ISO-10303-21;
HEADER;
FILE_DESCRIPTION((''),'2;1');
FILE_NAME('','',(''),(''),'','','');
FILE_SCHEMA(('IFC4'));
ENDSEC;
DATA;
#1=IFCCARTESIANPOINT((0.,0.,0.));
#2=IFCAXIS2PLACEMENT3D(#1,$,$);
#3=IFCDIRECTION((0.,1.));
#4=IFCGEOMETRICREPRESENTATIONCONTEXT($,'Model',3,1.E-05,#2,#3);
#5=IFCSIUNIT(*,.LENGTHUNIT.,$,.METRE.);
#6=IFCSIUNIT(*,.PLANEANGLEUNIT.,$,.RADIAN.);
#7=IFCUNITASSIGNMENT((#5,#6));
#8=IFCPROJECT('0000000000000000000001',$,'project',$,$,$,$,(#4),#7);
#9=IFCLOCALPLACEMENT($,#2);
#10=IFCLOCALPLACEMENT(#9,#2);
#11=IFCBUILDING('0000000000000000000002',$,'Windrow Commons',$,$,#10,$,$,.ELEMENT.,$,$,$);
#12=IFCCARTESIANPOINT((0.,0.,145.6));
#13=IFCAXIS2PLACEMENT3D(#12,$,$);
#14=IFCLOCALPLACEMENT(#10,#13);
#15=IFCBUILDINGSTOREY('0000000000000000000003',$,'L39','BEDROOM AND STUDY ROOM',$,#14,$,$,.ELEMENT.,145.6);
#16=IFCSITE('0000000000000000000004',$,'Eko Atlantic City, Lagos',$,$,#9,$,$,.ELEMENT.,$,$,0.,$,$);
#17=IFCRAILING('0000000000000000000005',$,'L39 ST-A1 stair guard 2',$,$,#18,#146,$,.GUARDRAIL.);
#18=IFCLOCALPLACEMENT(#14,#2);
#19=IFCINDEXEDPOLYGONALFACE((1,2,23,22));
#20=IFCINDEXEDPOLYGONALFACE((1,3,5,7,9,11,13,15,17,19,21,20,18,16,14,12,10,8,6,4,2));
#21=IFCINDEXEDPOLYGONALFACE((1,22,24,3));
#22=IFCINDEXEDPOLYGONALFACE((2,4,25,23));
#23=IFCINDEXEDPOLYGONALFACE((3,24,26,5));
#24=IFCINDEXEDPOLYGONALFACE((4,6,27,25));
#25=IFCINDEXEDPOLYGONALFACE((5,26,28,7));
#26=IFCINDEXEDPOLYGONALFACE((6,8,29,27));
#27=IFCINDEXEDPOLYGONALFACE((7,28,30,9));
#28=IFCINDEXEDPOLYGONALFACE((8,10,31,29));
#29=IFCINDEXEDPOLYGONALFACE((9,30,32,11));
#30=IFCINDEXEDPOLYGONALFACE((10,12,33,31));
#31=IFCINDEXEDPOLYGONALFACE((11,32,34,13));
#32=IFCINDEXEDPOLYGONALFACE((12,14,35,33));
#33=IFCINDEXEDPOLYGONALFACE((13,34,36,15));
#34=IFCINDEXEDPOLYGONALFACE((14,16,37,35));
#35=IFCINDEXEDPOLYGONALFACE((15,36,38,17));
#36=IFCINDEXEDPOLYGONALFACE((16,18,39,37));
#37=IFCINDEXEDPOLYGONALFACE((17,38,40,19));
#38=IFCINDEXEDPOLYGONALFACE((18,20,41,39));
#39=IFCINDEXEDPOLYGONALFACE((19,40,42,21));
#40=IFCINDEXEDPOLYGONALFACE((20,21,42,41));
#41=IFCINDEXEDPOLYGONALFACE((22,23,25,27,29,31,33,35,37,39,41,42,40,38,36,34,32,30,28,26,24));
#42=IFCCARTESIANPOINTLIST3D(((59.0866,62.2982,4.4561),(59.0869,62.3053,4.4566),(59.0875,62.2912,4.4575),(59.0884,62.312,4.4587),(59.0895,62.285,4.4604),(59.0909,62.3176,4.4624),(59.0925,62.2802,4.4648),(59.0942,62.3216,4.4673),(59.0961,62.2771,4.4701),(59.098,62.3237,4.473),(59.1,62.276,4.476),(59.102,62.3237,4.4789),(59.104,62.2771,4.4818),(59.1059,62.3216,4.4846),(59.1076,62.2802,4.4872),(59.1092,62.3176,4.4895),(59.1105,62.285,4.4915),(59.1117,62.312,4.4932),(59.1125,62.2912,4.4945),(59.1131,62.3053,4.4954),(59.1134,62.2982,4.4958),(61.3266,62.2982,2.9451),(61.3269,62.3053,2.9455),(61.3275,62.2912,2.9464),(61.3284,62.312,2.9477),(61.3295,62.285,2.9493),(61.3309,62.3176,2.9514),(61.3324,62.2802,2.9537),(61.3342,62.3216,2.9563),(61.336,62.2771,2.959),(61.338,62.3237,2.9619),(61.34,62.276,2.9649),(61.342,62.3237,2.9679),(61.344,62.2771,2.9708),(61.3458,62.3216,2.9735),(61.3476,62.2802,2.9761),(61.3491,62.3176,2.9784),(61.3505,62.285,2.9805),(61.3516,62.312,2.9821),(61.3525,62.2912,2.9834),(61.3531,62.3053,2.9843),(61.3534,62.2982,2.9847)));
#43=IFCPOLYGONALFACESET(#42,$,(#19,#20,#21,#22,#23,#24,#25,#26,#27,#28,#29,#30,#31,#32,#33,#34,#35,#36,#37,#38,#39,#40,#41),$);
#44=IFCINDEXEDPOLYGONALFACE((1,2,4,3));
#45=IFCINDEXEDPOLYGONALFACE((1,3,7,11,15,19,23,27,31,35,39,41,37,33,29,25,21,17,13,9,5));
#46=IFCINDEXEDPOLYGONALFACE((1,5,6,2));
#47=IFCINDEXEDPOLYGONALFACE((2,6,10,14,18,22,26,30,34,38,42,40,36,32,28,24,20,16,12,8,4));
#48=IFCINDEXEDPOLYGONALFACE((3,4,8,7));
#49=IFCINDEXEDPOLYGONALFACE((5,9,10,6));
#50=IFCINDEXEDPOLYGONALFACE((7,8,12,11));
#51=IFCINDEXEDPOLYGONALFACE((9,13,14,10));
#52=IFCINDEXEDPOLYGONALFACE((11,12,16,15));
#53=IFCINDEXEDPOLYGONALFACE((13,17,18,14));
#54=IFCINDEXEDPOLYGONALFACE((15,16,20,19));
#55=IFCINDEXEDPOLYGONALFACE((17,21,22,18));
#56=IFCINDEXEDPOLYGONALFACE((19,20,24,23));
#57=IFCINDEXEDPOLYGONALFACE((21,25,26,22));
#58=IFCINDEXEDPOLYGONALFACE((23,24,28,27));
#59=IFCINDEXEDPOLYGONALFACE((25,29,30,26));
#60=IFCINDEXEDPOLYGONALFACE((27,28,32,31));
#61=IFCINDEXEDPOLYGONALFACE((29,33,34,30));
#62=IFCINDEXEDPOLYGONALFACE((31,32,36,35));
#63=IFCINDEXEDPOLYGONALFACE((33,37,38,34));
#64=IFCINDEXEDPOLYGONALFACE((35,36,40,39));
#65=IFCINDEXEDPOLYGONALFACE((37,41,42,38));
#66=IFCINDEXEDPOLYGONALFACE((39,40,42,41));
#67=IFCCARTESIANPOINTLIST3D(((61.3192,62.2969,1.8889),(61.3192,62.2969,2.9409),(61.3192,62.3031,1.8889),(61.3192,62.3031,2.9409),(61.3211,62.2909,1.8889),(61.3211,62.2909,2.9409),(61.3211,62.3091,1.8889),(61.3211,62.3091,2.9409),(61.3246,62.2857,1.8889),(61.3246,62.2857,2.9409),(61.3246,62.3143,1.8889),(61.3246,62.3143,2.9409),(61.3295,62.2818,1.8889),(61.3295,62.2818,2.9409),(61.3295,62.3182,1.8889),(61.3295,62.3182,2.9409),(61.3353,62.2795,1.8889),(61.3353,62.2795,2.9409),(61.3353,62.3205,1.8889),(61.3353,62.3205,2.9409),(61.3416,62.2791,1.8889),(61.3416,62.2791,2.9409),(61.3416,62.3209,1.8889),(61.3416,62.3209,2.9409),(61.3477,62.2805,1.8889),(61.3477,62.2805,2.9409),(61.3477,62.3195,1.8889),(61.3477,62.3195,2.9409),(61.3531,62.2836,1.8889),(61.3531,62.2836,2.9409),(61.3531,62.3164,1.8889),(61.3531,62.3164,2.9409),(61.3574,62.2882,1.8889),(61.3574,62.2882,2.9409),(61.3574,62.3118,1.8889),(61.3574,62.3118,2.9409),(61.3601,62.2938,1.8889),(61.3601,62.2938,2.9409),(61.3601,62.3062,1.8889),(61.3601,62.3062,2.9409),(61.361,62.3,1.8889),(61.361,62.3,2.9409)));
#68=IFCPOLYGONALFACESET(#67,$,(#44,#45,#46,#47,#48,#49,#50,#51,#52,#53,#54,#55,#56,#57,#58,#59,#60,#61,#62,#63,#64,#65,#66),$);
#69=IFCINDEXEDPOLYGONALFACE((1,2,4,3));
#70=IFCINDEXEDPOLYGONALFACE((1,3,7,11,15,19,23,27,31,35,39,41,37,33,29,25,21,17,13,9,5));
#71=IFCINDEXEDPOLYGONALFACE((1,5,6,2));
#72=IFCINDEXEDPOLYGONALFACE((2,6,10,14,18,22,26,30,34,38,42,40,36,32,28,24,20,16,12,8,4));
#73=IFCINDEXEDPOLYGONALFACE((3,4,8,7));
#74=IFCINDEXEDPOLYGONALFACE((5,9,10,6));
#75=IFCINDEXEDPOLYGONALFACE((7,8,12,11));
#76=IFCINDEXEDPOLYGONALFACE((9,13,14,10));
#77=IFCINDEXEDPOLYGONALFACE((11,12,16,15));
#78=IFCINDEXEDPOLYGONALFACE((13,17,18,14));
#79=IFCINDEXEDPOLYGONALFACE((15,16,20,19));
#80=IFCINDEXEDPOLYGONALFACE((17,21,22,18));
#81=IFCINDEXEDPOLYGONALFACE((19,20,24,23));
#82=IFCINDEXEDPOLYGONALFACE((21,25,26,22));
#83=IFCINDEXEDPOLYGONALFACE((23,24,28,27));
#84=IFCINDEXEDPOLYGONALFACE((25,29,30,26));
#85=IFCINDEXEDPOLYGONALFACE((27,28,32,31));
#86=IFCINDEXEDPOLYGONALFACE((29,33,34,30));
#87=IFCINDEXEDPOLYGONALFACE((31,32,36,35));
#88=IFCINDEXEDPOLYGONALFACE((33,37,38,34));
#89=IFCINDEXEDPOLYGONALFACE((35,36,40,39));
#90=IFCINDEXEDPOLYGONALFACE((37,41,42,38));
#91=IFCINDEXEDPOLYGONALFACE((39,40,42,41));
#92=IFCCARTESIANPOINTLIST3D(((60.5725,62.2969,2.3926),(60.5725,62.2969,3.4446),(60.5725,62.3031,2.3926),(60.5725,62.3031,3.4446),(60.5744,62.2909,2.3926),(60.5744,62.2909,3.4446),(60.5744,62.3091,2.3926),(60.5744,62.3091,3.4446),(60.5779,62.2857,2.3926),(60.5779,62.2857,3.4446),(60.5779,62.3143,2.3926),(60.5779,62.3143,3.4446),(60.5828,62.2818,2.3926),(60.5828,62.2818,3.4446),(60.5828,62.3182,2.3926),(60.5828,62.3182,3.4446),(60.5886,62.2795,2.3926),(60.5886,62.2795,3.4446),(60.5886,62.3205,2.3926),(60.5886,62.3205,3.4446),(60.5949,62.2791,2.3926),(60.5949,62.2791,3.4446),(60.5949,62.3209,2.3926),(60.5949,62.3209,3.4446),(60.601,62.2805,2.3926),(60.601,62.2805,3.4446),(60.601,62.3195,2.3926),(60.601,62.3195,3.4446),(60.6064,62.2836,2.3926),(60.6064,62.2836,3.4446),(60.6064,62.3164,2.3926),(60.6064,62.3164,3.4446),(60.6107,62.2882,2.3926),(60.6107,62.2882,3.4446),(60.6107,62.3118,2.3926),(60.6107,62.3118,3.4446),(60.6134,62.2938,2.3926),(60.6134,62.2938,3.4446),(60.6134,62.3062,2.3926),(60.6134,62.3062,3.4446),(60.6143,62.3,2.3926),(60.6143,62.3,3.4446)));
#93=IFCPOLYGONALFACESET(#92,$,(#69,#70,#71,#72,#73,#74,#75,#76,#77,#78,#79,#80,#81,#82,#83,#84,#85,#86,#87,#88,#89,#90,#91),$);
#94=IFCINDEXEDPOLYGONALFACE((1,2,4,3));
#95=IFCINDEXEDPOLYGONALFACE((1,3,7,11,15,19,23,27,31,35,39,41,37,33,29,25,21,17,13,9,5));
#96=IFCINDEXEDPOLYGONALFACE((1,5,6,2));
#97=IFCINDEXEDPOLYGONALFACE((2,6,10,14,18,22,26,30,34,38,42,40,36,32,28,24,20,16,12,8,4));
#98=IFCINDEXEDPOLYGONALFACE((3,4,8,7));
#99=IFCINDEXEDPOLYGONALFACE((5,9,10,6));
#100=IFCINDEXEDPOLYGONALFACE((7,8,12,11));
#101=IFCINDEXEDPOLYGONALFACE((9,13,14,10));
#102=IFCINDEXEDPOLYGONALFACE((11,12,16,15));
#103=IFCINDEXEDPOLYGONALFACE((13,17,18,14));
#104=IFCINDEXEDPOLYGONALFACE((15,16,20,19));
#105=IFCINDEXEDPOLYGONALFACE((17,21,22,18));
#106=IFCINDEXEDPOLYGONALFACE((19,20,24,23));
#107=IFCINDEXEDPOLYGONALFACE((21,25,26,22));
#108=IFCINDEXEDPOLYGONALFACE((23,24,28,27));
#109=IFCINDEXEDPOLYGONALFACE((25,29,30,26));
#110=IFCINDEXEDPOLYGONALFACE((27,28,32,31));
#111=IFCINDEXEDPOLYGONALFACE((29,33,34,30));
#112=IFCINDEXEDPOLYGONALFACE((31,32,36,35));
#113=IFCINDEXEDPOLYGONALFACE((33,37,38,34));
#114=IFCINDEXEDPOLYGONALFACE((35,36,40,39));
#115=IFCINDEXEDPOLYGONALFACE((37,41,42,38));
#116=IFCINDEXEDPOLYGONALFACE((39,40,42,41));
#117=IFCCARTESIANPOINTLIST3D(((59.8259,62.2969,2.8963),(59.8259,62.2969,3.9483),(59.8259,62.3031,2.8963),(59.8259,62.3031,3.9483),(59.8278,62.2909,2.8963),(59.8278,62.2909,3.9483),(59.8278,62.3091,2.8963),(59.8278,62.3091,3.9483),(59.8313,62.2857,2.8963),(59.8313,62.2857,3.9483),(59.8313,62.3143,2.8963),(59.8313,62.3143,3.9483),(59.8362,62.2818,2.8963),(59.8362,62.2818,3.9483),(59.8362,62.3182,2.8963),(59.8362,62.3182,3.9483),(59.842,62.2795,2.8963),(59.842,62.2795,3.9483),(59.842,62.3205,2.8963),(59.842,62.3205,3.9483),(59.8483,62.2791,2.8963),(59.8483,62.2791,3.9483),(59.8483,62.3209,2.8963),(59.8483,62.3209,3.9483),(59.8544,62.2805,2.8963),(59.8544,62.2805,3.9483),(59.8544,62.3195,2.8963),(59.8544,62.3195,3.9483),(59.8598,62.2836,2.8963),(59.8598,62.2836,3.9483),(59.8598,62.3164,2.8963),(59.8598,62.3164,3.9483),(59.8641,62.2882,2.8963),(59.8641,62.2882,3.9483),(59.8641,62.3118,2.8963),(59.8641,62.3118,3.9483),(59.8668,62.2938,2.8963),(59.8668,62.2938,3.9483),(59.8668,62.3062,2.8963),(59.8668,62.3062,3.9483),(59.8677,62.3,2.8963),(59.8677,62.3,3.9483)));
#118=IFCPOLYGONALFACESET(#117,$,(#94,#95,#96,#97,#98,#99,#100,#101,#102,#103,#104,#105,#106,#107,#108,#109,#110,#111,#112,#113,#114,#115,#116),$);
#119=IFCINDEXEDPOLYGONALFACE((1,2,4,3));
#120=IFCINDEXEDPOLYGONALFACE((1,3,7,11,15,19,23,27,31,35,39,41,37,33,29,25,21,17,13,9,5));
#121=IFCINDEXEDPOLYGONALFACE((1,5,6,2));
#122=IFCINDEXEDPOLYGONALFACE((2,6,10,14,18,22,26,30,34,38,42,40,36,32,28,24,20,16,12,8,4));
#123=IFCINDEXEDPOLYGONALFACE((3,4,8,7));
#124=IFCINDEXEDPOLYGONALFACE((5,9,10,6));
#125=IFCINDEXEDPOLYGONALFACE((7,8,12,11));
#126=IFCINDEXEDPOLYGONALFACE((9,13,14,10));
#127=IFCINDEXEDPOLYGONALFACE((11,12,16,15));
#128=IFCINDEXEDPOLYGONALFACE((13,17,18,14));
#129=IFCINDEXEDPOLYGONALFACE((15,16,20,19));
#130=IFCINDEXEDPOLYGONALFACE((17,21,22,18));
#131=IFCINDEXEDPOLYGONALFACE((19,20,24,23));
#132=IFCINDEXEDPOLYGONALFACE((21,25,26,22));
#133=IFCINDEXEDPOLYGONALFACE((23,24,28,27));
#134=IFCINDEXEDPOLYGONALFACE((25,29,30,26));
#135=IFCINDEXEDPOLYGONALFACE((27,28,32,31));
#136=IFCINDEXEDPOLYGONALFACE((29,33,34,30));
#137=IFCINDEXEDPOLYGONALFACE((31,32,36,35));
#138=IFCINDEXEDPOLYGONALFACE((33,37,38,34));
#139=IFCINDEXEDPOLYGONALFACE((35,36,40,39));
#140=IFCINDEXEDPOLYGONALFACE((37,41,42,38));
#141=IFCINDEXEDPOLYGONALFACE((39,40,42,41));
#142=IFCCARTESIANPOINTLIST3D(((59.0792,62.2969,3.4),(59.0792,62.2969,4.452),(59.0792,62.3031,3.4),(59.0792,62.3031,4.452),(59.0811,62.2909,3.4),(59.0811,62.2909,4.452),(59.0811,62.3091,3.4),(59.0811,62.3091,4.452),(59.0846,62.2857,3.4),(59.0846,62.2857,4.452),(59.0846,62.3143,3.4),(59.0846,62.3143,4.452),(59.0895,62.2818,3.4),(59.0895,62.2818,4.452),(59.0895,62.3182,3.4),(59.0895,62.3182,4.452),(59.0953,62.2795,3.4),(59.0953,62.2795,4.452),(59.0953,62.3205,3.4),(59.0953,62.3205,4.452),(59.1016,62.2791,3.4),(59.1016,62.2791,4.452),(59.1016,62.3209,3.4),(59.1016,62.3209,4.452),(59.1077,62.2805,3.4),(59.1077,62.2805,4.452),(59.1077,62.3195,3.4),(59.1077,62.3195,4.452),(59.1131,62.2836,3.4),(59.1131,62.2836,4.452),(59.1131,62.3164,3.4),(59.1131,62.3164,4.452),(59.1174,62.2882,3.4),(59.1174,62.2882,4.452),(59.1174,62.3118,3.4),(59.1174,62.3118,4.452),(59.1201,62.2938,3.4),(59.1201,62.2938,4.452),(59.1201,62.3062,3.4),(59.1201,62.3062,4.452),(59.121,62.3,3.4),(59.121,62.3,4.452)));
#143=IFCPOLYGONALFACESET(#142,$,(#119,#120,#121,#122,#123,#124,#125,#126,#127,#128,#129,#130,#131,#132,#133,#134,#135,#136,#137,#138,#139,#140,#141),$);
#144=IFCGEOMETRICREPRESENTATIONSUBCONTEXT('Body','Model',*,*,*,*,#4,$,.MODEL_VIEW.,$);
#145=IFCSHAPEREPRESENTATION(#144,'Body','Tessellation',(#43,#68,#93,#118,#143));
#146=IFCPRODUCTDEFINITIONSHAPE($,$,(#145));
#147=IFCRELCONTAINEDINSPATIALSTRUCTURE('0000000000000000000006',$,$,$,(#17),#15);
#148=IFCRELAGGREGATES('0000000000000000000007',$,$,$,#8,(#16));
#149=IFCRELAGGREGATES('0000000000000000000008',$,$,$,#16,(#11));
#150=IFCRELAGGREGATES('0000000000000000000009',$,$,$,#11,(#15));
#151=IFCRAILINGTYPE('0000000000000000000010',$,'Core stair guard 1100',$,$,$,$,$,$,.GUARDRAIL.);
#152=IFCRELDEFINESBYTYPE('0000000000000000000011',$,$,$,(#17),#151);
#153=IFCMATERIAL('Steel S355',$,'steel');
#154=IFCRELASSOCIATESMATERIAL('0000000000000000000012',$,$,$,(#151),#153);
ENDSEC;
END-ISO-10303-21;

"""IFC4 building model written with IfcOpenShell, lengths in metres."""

from ifc_helpers import new_model, si_unit, direction, frame, origin, origin_2d, place, context, subcontext, project, spatial, circle, extrude, material, type_object, element, save


model = new_model("IFC4")

# Units and contexts
model_context = context("Model", 3, precision=1e-05, world=origin(), true_north=direction((0.0, 1.0)))
body_context = subcontext(model_context, "Body", "Model", "MODEL_VIEW")
ifc_project = project(units=[si_unit("LENGTHUNIT", "METRE"), si_unit("PLANEANGLEUNIT", "RADIAN")], contexts=[model_context])

# Site, building, storey
site_placement = place(None, origin())
site = spatial("IfcSite", under=ifc_project, at=site_placement, Name="Eko Atlantic City, Lagos", CompositionType="ELEMENT", RefElevation=0.0)
building_placement = place(site_placement, origin())
building = spatial("IfcBuilding", under=site, at=building_placement, Name="Windrow Commons", CompositionType="ELEMENT")
storey_placement = place(building_placement, frame((0.0, 0.0, 145.6)))
storey = spatial("IfcBuildingStorey", under=building, at=storey_placement, Name="L39", Description="BEDROOM AND STUDY ROOM", CompositionType="ELEMENT", Elevation=145.6)

# Railing
ifc_material_1 = material(Name="Steel S355", Category="steel")
railing_type_1 = type_object("IfcRailingType", Name="Core stair guard 1100", PredefinedType="GUARDRAIL", material=ifc_material_1)
railing_1_placement = place(storey_placement, frame((61.34, 62.3, 1.8889)))
element("IfcRailing", 1, at=railing_1_placement, inside=storey, type_object=railing_type_1, Name="L39 ST-A1 stair guard 2", PredefinedType="GUARDRAIL", context=body_context, shape_type="SweptSolid", body=[
    extrude(circle(Radius=0.024, at=origin_2d()), frame((0.0, 0.0, 1.076), z_axis=(-0.829003, 0.0, 0.559244), x_axis=(0.0, -1.0, 0.0)), (0.0, 0.0, 1.0), 2.702),
    extrude(circle(Radius=0.021, at=origin_2d()), origin(), (0.0, 0.0, 1.0), 1.052),
    extrude(circle(Radius=0.021, at=origin_2d()), frame((-0.7467, 0.0, 0.5037)), (0.0, 0.0, 1.0), 1.052),
    extrude(circle(Radius=0.021, at=origin_2d()), frame((-1.4933, 0.0, 1.0074)), (0.0, 0.0, 1.0), 1.052),
    extrude(circle(Radius=0.021, at=origin_2d()), frame((-2.24, 0.0, 1.5111)), (0.0, 0.0, 1.0), 1.052),
])

save(model, "model.ifc")
